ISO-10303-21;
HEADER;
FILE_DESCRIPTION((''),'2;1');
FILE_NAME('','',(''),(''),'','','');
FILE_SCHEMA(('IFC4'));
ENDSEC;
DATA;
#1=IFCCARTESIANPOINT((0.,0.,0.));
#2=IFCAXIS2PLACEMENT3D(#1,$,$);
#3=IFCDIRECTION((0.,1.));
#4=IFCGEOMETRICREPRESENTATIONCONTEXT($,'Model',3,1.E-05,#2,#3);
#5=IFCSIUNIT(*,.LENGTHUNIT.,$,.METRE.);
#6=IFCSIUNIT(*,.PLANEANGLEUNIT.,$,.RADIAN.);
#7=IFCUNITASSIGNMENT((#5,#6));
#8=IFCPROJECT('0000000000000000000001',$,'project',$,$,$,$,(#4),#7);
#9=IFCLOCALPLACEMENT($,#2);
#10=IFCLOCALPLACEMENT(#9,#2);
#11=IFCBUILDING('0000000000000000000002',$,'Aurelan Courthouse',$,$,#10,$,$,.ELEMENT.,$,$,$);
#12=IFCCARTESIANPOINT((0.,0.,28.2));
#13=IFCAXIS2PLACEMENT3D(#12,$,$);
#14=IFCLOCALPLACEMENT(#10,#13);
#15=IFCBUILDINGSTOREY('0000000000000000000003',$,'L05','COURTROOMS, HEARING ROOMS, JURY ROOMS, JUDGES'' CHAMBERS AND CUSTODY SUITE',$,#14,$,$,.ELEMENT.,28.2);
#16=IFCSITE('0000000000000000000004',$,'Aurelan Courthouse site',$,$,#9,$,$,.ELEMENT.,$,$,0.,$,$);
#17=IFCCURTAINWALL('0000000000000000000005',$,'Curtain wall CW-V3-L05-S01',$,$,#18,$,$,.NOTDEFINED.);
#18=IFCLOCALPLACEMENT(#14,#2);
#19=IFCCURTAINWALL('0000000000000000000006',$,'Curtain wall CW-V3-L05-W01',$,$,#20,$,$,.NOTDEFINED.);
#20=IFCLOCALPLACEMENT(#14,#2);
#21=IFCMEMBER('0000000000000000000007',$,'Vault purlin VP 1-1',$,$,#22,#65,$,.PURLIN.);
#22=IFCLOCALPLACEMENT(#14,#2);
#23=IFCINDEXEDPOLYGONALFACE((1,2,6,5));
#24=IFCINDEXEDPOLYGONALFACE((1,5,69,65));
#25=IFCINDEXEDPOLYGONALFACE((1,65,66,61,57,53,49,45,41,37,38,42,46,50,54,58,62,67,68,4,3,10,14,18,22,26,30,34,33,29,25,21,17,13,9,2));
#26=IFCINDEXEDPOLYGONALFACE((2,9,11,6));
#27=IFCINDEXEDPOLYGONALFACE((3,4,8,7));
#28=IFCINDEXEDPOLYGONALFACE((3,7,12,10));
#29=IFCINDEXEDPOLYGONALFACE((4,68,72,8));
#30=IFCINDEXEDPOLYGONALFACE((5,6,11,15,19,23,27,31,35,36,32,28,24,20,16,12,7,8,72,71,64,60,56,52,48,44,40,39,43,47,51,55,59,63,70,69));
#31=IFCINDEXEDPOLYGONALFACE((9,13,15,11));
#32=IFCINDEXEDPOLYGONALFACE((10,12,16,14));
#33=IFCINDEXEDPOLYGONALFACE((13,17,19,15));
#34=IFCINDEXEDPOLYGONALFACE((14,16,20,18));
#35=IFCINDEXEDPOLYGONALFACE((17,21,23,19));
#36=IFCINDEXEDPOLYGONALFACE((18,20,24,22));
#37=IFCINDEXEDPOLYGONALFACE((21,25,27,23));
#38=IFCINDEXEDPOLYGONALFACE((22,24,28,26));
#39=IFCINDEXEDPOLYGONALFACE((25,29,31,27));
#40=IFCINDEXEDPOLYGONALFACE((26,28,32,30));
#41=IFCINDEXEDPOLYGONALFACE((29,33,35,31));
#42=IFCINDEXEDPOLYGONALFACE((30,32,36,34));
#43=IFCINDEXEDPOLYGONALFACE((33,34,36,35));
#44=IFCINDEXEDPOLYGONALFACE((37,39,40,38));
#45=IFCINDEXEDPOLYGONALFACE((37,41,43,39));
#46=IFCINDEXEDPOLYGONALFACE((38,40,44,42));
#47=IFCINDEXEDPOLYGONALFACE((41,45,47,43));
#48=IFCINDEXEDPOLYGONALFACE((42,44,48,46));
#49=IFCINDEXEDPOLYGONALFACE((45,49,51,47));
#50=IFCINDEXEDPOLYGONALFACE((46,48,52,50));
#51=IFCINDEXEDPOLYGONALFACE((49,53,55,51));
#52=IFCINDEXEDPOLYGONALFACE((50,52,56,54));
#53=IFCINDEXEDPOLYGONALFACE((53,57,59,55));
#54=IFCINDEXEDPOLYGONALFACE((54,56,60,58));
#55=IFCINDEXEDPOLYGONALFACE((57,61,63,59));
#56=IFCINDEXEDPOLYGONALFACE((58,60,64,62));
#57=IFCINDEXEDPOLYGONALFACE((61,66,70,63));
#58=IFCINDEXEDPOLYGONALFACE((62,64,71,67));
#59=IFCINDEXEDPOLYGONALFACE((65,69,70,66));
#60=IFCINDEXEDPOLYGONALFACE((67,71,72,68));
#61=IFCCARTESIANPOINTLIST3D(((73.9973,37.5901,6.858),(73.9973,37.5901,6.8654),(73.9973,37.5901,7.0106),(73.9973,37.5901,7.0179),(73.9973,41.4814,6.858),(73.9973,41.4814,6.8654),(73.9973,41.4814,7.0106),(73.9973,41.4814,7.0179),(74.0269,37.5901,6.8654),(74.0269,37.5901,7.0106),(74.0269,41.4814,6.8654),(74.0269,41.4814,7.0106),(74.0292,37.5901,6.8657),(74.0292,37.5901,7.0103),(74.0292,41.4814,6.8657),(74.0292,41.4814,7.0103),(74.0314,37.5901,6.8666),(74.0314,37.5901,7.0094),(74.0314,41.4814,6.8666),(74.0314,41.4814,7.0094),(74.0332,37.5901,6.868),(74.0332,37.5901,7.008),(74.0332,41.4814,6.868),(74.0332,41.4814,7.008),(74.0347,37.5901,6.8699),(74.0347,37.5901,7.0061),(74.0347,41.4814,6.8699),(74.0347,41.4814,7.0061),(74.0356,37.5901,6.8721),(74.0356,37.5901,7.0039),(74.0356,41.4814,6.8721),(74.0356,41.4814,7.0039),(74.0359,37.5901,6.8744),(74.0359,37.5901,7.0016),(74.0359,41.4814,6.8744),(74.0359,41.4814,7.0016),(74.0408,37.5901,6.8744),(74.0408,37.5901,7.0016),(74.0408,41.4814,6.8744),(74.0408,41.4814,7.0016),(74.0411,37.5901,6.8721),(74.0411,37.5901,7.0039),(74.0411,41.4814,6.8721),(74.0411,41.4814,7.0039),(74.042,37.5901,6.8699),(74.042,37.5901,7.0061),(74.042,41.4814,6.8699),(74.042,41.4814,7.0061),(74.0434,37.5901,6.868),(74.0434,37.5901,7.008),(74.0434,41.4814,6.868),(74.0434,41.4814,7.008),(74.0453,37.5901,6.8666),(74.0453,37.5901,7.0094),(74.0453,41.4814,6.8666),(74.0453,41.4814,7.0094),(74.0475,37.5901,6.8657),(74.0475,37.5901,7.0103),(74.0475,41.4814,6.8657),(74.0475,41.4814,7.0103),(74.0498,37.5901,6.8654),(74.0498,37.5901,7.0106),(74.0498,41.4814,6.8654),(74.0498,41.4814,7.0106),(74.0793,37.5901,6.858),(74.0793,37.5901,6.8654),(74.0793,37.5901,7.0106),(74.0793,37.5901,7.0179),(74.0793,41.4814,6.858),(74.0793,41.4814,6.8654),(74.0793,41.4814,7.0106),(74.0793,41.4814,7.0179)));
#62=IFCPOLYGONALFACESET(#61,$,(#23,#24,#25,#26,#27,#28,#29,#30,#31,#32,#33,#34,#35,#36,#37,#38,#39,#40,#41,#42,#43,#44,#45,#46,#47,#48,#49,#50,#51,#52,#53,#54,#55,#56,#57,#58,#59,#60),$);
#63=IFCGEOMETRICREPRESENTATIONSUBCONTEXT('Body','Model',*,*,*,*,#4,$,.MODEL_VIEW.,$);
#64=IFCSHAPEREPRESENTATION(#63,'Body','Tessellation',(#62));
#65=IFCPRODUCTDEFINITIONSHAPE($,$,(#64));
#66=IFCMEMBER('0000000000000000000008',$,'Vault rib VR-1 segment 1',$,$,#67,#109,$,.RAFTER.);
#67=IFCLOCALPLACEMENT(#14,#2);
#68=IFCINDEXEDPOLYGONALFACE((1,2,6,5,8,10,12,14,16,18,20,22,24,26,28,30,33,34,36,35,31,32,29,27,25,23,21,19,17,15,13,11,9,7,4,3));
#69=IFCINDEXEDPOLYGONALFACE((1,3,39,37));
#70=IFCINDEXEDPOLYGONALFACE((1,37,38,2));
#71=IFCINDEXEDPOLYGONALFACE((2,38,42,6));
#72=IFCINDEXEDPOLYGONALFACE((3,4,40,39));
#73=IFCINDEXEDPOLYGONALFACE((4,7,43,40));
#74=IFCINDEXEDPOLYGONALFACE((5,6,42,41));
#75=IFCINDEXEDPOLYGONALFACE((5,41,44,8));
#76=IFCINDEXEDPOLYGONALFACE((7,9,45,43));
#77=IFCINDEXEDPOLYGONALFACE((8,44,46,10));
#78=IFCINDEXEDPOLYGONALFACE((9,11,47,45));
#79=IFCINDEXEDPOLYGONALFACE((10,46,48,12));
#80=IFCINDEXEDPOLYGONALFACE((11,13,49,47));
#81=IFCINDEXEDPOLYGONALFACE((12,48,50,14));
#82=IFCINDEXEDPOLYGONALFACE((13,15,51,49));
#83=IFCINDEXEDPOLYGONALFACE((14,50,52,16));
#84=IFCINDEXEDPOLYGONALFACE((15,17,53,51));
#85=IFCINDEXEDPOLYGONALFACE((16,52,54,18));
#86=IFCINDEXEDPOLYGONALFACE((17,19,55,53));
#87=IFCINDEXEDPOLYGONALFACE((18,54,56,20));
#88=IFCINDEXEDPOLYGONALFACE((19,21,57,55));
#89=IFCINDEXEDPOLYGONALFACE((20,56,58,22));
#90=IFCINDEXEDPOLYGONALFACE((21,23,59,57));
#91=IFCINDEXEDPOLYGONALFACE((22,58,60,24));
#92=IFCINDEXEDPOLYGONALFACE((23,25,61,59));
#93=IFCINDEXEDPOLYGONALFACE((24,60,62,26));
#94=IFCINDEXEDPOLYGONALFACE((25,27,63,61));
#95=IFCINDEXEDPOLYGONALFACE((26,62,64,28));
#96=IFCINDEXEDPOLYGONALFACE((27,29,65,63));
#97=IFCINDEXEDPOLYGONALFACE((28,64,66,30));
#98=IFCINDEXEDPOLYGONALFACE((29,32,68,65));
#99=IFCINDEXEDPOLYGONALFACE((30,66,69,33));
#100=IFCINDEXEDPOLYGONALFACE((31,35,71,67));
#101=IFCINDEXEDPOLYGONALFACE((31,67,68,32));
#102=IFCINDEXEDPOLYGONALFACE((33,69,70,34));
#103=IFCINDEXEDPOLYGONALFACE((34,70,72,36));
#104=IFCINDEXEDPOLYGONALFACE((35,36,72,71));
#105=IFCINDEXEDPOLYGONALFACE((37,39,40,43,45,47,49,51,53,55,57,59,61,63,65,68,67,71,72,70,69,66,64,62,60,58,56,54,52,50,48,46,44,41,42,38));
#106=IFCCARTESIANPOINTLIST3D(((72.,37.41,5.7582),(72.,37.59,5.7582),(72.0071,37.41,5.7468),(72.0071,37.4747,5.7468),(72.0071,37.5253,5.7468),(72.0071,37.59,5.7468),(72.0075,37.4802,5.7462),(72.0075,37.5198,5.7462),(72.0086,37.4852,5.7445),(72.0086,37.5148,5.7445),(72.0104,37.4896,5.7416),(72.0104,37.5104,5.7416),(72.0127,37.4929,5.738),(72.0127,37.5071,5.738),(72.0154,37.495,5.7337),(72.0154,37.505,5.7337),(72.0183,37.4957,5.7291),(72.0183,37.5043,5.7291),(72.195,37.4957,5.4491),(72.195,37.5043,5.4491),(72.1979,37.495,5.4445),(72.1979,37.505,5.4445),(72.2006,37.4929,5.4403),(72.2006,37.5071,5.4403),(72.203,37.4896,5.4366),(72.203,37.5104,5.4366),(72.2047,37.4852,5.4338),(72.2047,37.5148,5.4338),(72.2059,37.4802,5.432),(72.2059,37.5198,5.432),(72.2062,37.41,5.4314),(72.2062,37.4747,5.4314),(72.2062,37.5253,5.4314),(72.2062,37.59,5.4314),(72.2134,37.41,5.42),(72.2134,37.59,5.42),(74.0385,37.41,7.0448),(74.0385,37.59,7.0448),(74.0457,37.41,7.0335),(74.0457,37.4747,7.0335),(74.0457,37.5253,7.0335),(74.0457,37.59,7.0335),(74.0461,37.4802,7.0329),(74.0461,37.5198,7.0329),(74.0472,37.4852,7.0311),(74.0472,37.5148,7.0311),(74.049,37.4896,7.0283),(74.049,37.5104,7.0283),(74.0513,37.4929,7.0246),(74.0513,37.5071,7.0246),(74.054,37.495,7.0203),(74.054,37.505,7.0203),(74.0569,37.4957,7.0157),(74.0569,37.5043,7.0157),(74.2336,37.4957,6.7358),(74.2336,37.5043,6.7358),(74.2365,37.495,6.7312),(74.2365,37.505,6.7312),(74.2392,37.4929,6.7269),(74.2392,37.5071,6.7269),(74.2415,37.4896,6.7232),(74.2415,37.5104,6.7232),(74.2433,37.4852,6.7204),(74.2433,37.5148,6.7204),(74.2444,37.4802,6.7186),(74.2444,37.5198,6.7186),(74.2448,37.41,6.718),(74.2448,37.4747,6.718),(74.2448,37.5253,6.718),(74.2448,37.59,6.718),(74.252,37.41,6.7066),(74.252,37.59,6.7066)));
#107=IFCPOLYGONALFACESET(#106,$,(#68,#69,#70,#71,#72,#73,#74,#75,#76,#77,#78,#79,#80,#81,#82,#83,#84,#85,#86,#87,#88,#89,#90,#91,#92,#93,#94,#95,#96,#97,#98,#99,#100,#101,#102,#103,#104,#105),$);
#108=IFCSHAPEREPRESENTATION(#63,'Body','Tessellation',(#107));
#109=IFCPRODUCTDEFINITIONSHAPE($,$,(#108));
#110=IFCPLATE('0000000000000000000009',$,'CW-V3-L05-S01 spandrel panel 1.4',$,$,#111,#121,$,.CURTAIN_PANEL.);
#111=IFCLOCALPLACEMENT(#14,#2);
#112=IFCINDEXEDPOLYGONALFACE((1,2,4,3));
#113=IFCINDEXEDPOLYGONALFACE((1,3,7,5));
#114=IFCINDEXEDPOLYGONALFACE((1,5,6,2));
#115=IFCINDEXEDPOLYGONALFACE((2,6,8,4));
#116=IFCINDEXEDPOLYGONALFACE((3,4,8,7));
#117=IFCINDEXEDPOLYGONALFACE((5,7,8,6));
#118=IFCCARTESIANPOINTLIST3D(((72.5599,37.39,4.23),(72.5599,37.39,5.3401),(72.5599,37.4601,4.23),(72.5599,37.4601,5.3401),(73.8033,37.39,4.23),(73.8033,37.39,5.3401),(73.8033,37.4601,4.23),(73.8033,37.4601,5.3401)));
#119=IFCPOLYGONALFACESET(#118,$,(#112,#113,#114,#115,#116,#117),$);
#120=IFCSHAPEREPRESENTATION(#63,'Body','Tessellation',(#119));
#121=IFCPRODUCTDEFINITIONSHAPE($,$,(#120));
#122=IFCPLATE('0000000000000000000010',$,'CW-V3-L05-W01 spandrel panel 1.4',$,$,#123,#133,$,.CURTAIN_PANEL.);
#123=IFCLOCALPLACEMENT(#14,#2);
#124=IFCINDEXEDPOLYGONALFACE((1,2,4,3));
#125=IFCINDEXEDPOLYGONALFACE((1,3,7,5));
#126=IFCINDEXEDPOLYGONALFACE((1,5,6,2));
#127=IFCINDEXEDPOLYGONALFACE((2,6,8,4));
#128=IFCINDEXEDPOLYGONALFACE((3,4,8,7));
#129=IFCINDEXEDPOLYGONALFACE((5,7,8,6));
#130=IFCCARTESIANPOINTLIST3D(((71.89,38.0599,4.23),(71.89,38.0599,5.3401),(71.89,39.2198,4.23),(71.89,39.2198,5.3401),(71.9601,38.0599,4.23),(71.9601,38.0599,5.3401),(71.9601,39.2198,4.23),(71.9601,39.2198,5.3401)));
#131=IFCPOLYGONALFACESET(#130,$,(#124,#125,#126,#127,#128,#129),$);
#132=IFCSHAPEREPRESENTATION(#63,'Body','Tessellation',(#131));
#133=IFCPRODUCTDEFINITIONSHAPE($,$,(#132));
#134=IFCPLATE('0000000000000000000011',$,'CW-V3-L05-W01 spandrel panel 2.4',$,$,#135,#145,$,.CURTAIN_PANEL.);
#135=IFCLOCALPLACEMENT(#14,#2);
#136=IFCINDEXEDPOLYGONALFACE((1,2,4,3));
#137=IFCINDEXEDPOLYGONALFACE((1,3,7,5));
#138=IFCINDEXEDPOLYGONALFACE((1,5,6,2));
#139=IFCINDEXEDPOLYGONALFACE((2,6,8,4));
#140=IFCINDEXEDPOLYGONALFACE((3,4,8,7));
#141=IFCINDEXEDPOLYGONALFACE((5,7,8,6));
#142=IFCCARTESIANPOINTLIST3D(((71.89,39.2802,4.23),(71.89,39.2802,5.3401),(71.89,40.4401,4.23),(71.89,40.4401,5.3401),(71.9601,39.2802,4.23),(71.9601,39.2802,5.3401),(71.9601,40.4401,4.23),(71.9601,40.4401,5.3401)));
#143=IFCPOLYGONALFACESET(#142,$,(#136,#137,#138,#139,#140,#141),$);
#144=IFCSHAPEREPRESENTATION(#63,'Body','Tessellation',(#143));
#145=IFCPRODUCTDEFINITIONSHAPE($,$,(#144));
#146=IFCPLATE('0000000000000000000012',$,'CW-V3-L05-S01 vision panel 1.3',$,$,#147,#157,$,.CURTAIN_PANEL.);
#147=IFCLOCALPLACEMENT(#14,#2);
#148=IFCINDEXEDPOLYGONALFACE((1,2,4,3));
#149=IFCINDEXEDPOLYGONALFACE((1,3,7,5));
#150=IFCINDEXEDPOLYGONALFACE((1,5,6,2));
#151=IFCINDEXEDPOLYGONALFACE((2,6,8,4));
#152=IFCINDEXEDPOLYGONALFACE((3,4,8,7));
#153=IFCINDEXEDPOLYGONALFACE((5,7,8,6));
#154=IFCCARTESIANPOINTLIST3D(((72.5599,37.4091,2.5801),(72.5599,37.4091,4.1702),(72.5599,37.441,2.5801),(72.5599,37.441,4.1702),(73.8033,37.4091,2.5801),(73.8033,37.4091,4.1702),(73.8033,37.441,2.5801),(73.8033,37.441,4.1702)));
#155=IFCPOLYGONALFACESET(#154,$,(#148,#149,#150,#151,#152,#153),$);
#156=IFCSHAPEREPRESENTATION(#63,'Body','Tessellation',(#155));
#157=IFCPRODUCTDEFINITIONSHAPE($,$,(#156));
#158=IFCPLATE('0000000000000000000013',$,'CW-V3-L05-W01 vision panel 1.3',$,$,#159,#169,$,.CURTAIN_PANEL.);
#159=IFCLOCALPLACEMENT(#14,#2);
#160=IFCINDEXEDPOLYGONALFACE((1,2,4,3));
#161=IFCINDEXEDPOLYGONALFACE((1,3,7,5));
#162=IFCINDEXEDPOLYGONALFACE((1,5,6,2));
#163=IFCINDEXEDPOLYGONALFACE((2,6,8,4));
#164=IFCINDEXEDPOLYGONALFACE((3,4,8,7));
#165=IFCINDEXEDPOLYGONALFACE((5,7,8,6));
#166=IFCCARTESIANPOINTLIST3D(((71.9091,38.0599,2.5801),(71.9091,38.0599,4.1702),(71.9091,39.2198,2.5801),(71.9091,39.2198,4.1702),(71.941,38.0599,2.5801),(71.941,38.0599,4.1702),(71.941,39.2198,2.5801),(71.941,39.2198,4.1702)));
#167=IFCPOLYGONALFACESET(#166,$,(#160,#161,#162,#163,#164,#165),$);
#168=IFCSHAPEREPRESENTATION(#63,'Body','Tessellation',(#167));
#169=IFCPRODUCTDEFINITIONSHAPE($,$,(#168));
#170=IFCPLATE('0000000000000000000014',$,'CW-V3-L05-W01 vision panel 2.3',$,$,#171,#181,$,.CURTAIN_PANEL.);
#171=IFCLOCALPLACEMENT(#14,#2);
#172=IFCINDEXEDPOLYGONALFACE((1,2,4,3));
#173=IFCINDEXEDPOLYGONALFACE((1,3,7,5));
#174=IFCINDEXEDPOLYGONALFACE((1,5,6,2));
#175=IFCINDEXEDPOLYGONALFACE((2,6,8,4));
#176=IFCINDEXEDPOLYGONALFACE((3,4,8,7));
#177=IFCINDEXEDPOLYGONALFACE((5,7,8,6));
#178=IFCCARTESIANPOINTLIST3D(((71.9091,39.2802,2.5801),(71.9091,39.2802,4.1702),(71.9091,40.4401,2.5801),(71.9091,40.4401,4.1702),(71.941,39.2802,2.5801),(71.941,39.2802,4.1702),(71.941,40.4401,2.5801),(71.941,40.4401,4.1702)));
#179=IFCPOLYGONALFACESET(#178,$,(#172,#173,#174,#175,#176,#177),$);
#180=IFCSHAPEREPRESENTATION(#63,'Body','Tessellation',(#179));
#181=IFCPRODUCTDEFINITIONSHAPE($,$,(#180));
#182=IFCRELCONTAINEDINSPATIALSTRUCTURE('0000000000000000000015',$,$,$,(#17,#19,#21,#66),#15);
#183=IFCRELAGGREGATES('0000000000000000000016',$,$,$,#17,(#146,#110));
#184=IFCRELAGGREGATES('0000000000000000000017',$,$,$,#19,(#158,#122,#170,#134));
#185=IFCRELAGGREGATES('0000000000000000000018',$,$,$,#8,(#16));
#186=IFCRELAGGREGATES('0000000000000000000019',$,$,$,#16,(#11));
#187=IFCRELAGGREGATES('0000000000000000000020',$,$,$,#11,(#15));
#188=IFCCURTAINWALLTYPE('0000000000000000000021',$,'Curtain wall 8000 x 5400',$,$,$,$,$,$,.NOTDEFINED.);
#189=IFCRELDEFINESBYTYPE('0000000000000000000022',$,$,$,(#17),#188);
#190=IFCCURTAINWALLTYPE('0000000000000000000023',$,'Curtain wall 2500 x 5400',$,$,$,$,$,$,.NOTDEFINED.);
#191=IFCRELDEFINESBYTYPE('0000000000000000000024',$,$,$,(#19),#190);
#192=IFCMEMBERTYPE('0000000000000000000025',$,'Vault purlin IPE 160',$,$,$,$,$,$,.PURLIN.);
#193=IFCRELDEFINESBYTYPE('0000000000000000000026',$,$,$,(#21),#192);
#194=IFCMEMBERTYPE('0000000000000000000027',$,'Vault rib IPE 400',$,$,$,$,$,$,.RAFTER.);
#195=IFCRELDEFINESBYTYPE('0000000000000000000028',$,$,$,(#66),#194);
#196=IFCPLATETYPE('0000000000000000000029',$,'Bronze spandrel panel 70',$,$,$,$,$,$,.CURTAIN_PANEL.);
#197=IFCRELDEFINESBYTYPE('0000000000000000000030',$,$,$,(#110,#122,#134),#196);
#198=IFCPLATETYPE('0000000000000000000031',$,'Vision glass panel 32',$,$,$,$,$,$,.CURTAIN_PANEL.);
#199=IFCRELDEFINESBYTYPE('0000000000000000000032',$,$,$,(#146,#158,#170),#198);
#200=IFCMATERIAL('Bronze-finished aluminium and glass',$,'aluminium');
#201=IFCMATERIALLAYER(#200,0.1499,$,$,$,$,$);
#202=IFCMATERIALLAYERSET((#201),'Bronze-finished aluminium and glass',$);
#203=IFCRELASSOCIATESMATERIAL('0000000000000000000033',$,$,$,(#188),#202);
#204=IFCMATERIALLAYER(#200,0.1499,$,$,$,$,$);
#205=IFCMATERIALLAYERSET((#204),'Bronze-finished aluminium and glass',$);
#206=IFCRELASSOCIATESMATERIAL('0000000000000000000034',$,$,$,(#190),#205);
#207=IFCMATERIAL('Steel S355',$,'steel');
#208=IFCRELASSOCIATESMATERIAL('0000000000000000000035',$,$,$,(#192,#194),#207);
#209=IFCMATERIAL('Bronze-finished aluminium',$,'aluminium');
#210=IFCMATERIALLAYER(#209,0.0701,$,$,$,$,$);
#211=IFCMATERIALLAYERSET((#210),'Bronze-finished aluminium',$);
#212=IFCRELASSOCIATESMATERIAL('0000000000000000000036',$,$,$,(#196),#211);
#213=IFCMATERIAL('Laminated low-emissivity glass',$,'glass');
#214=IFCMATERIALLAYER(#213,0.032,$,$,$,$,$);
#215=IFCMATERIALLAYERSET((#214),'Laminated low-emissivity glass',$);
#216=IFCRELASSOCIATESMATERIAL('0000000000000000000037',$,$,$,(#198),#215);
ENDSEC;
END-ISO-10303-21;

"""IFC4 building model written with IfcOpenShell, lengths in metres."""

from ifc_helpers import new_model, si_unit, direction, frame, origin, origin_2d, place, context, subcontext, project, spatial, rectangle, i_section, extrude, material, layer, layer_set, material_profile, profile_set, type_object, element, aggregate, save


model = new_model("IFC4")

# Units and contexts
model_context = context("Model", 3, precision=1e-05, world=origin(), true_north=direction((0.0, 1.0)))
body_context = subcontext(model_context, "Body", "Model", "MODEL_VIEW")
ifc_project = project(units=[si_unit("LENGTHUNIT", "METRE"), si_unit("PLANEANGLEUNIT", "RADIAN")], contexts=[model_context])

# Site, building, storey
site_placement = place(None, origin())
site = spatial("IfcSite", under=ifc_project, at=site_placement, Name="Aurelan Courthouse site", CompositionType="ELEMENT", RefElevation=0.0)
building_placement = place(site_placement, origin())
building = spatial("IfcBuilding", under=site, at=building_placement, Name="Aurelan Courthouse", CompositionType="ELEMENT")
storey_placement = place(building_placement, frame((0.0, 0.0, 28.2)))
storey = spatial("IfcBuildingStorey", under=building, at=storey_placement, Name="L05", Description="COURTROOMS, HEARING ROOMS, JURY ROOMS, JUDGES' CHAMBERS AND CUSTODY SUITE", CompositionType="ELEMENT", Elevation=28.2)

# Curtain walls
ifc_material_1 = material(Name="Bronze-finished aluminium and glass", Category="aluminium")
ifc_layer_1 = layer(ifc_material_1, 0.1499)
ifc_layer_set_1 = layer_set([ifc_layer_1], Name="Bronze-finished aluminium and glass")
curtain_wall_type_1 = type_object("IfcCurtainWallType", Name="Curtain wall 8000 x 5400", PredefinedType="NOTDEFINED", material=ifc_layer_set_1)
curtain_wall_1_placement = place(storey_placement, origin())
curtain_wall_1 = element("IfcCurtainWall", 1, at=curtain_wall_1_placement, inside=storey, type_object=curtain_wall_type_1, Name="Curtain wall CW-V3-L05-S01", PredefinedType="NOTDEFINED")
ifc_material_2 = material(Name="Bronze-finished aluminium", Category="aluminium")
ifc_layer_2 = layer(ifc_material_1, 0.1499)
ifc_layer_set_2 = layer_set([ifc_layer_2], Name="Bronze-finished aluminium and glass")
curtain_wall_type_2 = type_object("IfcCurtainWallType", Name="Curtain wall 2500 x 5400", PredefinedType="NOTDEFINED", material=ifc_layer_set_2)
curtain_wall_2_placement = place(storey_placement, origin())
curtain_wall_2 = element("IfcCurtainWall", 2, at=curtain_wall_2_placement, inside=storey, type_object=curtain_wall_type_2, Name="Curtain wall CW-V3-L05-W01", PredefinedType="NOTDEFINED")

# Members
ifc_material_3 = material(Name="Steel S355", Category="steel")
ifc_material_profile_1 = material_profile(ifc_material_3, i_section(OverallWidth=0.082, OverallDepth=0.1599, WebThickness=0.0049, FlangeThickness=0.0073, FilletRadius=0.009, at=origin_2d()), Name="IPE 160")
ifc_profile_set_1 = profile_set([ifc_material_profile_1], Name="Steel S355")
member_type_1 = type_object("IfcMemberType", Name="Vault purlin IPE 160", PredefinedType="PURLIN", material=ifc_profile_set_1)
member_1_placement = place(storey_placement, frame((74.0383, 37.5901, 6.938), z_axis=(0.0, 1.0, 0.0), x_axis=(-1.0, 0.0, 0.0)))
element("IfcMember", 3, at=member_1_placement, inside=storey, type_object=member_type_1, Name="Vault purlin VP 1-1", PredefinedType="PURLIN", context=body_context, shape_type="SweptSolid", body=[
    extrude(i_section(OverallWidth=0.082, OverallDepth=0.1599, WebThickness=0.0049, FlangeThickness=0.0073, FilletRadius=0.009, at=origin_2d()), origin(), (0.0, 0.0, 1.0), 3.8914),
])
ifc_material_profile_2 = material_profile(ifc_material_3, i_section(OverallWidth=0.1799, OverallDepth=0.3999, WebThickness=0.0085, FlangeThickness=0.0134, FilletRadius=0.021, at=origin_2d()), Name="IPE 400")
ifc_profile_set_2 = profile_set([ifc_material_profile_2], Name="Steel S355")
member_type_2 = type_object("IfcMemberType", Name="Vault rib IPE 400", PredefinedType="RAFTER", material=ifc_profile_set_2)
member_2_placement = place(storey_placement, frame((72.1067, 37.5, 5.5891), z_axis=(0.845657, 0.0, 0.533726), x_axis=(0.0, 1.0, 0.0)))
element("IfcMember", 4, at=member_2_placement, inside=storey, type_object=member_type_2, Name="Vault rib VR-1 segment 1", PredefinedType="RAFTER", context=body_context, shape_type="SweptSolid", body=[
    extrude(i_section(OverallWidth=0.1799, OverallDepth=0.3999, WebThickness=0.0085, FlangeThickness=0.0134, FilletRadius=0.021, at=origin_2d()), origin(), (0.0, 0.0, 1.0), 2.4106),
])

# Plates
ifc_layer_3 = layer(ifc_material_2, 0.0701)
ifc_layer_set_3 = layer_set([ifc_layer_3], Name="Bronze-finished aluminium")
plate_type_1 = type_object("IfcPlateType", Name="Bronze spandrel panel 70", PredefinedType="CURTAIN_PANEL", material=ifc_layer_set_3)
plate_1_placement = place(storey_placement, frame((73.1816, 37.425, 4.23), z_axis=(0.0, 0.0, 1.0), x_axis=(1.0, 0.0, 0.0)))
plate_1 = element("IfcPlate", 5, at=plate_1_placement, type_object=plate_type_1, Name="CW-V3-L05-S01 spandrel panel 1.4", PredefinedType="CURTAIN_PANEL", context=body_context, shape_type="SweptSolid", body=[
    extrude(rectangle(XDim=1.2434, YDim=0.0701, at=origin_2d()), origin(), (0.0, 0.0, 1.0), 1.1101),
])
plate_2_placement = place(storey_placement, frame((71.925, 38.6399, 4.23), z_axis=(0.0, 0.0, 1.0), x_axis=(0.0, 1.0, 0.0)))
plate_2 = element("IfcPlate", 6, at=plate_2_placement, type_object=plate_type_1, Name="CW-V3-L05-W01 spandrel panel 1.4", PredefinedType="CURTAIN_PANEL", context=body_context, shape_type="SweptSolid", body=[
    extrude(rectangle(XDim=1.1599, YDim=0.0701, at=origin_2d()), origin(), (0.0, 0.0, 1.0), 1.1101),
])
plate_3_placement = place(storey_placement, frame((71.925, 39.8601, 4.23), z_axis=(0.0, 0.0, 1.0), x_axis=(0.0, 1.0, 0.0)))
plate_3 = element("IfcPlate", 7, at=plate_3_placement, type_object=plate_type_1, Name="CW-V3-L05-W01 spandrel panel 2.4", PredefinedType="CURTAIN_PANEL", context=body_context, shape_type="SweptSolid", body=[
    extrude(rectangle(XDim=1.1599, YDim=0.0701, at=origin_2d()), origin(), (0.0, 0.0, 1.0), 1.1101),
])
ifc_material_4 = material(Name="Laminated low-emissivity glass", Category="glass")
ifc_layer_4 = layer(ifc_material_4, 0.032)
ifc_layer_set_4 = layer_set([ifc_layer_4], Name="Laminated low-emissivity glass")
plate_type_2 = type_object("IfcPlateType", Name="Vision glass panel 32", PredefinedType="CURTAIN_PANEL", material=ifc_layer_set_4)
plate_4_placement = place(storey_placement, frame((73.1816, 37.425, 2.5801), z_axis=(0.0, 0.0, 1.0), x_axis=(1.0, 0.0, 0.0)))
plate_4 = element("IfcPlate", 8, at=plate_4_placement, type_object=plate_type_2, Name="CW-V3-L05-S01 vision panel 1.3", PredefinedType="CURTAIN_PANEL", context=body_context, shape_type="SweptSolid", body=[
    extrude(rectangle(XDim=1.2434, YDim=0.032, at=origin_2d()), origin(), (0.0, 0.0, 1.0), 1.5901),
])
aggregate(curtain_wall_1, [plate_4, plate_1])
plate_5_placement = place(storey_placement, frame((71.925, 38.6399, 2.5801), z_axis=(0.0, 0.0, 1.0), x_axis=(0.0, 1.0, 0.0)))
plate_5 = element("IfcPlate", 9, at=plate_5_placement, type_object=plate_type_2, Name="CW-V3-L05-W01 vision panel 1.3", PredefinedType="CURTAIN_PANEL", context=body_context, shape_type="SweptSolid", body=[
    extrude(rectangle(XDim=1.1599, YDim=0.032, at=origin_2d()), origin(), (0.0, 0.0, 1.0), 1.5901),
])
plate_6_placement = place(storey_placement, frame((71.925, 39.8601, 2.5801), z_axis=(0.0, 0.0, 1.0), x_axis=(0.0, 1.0, 0.0)))
plate_6 = element("IfcPlate", 10, at=plate_6_placement, type_object=plate_type_2, Name="CW-V3-L05-W01 vision panel 2.3", PredefinedType="CURTAIN_PANEL", context=body_context, shape_type="SweptSolid", body=[
    extrude(rectangle(XDim=1.1599, YDim=0.032, at=origin_2d()), origin(), (0.0, 0.0, 1.0), 1.5901),
])
aggregate(curtain_wall_2, [plate_5, plate_2, plate_6, plate_3])

save(model, "model.ifc")
